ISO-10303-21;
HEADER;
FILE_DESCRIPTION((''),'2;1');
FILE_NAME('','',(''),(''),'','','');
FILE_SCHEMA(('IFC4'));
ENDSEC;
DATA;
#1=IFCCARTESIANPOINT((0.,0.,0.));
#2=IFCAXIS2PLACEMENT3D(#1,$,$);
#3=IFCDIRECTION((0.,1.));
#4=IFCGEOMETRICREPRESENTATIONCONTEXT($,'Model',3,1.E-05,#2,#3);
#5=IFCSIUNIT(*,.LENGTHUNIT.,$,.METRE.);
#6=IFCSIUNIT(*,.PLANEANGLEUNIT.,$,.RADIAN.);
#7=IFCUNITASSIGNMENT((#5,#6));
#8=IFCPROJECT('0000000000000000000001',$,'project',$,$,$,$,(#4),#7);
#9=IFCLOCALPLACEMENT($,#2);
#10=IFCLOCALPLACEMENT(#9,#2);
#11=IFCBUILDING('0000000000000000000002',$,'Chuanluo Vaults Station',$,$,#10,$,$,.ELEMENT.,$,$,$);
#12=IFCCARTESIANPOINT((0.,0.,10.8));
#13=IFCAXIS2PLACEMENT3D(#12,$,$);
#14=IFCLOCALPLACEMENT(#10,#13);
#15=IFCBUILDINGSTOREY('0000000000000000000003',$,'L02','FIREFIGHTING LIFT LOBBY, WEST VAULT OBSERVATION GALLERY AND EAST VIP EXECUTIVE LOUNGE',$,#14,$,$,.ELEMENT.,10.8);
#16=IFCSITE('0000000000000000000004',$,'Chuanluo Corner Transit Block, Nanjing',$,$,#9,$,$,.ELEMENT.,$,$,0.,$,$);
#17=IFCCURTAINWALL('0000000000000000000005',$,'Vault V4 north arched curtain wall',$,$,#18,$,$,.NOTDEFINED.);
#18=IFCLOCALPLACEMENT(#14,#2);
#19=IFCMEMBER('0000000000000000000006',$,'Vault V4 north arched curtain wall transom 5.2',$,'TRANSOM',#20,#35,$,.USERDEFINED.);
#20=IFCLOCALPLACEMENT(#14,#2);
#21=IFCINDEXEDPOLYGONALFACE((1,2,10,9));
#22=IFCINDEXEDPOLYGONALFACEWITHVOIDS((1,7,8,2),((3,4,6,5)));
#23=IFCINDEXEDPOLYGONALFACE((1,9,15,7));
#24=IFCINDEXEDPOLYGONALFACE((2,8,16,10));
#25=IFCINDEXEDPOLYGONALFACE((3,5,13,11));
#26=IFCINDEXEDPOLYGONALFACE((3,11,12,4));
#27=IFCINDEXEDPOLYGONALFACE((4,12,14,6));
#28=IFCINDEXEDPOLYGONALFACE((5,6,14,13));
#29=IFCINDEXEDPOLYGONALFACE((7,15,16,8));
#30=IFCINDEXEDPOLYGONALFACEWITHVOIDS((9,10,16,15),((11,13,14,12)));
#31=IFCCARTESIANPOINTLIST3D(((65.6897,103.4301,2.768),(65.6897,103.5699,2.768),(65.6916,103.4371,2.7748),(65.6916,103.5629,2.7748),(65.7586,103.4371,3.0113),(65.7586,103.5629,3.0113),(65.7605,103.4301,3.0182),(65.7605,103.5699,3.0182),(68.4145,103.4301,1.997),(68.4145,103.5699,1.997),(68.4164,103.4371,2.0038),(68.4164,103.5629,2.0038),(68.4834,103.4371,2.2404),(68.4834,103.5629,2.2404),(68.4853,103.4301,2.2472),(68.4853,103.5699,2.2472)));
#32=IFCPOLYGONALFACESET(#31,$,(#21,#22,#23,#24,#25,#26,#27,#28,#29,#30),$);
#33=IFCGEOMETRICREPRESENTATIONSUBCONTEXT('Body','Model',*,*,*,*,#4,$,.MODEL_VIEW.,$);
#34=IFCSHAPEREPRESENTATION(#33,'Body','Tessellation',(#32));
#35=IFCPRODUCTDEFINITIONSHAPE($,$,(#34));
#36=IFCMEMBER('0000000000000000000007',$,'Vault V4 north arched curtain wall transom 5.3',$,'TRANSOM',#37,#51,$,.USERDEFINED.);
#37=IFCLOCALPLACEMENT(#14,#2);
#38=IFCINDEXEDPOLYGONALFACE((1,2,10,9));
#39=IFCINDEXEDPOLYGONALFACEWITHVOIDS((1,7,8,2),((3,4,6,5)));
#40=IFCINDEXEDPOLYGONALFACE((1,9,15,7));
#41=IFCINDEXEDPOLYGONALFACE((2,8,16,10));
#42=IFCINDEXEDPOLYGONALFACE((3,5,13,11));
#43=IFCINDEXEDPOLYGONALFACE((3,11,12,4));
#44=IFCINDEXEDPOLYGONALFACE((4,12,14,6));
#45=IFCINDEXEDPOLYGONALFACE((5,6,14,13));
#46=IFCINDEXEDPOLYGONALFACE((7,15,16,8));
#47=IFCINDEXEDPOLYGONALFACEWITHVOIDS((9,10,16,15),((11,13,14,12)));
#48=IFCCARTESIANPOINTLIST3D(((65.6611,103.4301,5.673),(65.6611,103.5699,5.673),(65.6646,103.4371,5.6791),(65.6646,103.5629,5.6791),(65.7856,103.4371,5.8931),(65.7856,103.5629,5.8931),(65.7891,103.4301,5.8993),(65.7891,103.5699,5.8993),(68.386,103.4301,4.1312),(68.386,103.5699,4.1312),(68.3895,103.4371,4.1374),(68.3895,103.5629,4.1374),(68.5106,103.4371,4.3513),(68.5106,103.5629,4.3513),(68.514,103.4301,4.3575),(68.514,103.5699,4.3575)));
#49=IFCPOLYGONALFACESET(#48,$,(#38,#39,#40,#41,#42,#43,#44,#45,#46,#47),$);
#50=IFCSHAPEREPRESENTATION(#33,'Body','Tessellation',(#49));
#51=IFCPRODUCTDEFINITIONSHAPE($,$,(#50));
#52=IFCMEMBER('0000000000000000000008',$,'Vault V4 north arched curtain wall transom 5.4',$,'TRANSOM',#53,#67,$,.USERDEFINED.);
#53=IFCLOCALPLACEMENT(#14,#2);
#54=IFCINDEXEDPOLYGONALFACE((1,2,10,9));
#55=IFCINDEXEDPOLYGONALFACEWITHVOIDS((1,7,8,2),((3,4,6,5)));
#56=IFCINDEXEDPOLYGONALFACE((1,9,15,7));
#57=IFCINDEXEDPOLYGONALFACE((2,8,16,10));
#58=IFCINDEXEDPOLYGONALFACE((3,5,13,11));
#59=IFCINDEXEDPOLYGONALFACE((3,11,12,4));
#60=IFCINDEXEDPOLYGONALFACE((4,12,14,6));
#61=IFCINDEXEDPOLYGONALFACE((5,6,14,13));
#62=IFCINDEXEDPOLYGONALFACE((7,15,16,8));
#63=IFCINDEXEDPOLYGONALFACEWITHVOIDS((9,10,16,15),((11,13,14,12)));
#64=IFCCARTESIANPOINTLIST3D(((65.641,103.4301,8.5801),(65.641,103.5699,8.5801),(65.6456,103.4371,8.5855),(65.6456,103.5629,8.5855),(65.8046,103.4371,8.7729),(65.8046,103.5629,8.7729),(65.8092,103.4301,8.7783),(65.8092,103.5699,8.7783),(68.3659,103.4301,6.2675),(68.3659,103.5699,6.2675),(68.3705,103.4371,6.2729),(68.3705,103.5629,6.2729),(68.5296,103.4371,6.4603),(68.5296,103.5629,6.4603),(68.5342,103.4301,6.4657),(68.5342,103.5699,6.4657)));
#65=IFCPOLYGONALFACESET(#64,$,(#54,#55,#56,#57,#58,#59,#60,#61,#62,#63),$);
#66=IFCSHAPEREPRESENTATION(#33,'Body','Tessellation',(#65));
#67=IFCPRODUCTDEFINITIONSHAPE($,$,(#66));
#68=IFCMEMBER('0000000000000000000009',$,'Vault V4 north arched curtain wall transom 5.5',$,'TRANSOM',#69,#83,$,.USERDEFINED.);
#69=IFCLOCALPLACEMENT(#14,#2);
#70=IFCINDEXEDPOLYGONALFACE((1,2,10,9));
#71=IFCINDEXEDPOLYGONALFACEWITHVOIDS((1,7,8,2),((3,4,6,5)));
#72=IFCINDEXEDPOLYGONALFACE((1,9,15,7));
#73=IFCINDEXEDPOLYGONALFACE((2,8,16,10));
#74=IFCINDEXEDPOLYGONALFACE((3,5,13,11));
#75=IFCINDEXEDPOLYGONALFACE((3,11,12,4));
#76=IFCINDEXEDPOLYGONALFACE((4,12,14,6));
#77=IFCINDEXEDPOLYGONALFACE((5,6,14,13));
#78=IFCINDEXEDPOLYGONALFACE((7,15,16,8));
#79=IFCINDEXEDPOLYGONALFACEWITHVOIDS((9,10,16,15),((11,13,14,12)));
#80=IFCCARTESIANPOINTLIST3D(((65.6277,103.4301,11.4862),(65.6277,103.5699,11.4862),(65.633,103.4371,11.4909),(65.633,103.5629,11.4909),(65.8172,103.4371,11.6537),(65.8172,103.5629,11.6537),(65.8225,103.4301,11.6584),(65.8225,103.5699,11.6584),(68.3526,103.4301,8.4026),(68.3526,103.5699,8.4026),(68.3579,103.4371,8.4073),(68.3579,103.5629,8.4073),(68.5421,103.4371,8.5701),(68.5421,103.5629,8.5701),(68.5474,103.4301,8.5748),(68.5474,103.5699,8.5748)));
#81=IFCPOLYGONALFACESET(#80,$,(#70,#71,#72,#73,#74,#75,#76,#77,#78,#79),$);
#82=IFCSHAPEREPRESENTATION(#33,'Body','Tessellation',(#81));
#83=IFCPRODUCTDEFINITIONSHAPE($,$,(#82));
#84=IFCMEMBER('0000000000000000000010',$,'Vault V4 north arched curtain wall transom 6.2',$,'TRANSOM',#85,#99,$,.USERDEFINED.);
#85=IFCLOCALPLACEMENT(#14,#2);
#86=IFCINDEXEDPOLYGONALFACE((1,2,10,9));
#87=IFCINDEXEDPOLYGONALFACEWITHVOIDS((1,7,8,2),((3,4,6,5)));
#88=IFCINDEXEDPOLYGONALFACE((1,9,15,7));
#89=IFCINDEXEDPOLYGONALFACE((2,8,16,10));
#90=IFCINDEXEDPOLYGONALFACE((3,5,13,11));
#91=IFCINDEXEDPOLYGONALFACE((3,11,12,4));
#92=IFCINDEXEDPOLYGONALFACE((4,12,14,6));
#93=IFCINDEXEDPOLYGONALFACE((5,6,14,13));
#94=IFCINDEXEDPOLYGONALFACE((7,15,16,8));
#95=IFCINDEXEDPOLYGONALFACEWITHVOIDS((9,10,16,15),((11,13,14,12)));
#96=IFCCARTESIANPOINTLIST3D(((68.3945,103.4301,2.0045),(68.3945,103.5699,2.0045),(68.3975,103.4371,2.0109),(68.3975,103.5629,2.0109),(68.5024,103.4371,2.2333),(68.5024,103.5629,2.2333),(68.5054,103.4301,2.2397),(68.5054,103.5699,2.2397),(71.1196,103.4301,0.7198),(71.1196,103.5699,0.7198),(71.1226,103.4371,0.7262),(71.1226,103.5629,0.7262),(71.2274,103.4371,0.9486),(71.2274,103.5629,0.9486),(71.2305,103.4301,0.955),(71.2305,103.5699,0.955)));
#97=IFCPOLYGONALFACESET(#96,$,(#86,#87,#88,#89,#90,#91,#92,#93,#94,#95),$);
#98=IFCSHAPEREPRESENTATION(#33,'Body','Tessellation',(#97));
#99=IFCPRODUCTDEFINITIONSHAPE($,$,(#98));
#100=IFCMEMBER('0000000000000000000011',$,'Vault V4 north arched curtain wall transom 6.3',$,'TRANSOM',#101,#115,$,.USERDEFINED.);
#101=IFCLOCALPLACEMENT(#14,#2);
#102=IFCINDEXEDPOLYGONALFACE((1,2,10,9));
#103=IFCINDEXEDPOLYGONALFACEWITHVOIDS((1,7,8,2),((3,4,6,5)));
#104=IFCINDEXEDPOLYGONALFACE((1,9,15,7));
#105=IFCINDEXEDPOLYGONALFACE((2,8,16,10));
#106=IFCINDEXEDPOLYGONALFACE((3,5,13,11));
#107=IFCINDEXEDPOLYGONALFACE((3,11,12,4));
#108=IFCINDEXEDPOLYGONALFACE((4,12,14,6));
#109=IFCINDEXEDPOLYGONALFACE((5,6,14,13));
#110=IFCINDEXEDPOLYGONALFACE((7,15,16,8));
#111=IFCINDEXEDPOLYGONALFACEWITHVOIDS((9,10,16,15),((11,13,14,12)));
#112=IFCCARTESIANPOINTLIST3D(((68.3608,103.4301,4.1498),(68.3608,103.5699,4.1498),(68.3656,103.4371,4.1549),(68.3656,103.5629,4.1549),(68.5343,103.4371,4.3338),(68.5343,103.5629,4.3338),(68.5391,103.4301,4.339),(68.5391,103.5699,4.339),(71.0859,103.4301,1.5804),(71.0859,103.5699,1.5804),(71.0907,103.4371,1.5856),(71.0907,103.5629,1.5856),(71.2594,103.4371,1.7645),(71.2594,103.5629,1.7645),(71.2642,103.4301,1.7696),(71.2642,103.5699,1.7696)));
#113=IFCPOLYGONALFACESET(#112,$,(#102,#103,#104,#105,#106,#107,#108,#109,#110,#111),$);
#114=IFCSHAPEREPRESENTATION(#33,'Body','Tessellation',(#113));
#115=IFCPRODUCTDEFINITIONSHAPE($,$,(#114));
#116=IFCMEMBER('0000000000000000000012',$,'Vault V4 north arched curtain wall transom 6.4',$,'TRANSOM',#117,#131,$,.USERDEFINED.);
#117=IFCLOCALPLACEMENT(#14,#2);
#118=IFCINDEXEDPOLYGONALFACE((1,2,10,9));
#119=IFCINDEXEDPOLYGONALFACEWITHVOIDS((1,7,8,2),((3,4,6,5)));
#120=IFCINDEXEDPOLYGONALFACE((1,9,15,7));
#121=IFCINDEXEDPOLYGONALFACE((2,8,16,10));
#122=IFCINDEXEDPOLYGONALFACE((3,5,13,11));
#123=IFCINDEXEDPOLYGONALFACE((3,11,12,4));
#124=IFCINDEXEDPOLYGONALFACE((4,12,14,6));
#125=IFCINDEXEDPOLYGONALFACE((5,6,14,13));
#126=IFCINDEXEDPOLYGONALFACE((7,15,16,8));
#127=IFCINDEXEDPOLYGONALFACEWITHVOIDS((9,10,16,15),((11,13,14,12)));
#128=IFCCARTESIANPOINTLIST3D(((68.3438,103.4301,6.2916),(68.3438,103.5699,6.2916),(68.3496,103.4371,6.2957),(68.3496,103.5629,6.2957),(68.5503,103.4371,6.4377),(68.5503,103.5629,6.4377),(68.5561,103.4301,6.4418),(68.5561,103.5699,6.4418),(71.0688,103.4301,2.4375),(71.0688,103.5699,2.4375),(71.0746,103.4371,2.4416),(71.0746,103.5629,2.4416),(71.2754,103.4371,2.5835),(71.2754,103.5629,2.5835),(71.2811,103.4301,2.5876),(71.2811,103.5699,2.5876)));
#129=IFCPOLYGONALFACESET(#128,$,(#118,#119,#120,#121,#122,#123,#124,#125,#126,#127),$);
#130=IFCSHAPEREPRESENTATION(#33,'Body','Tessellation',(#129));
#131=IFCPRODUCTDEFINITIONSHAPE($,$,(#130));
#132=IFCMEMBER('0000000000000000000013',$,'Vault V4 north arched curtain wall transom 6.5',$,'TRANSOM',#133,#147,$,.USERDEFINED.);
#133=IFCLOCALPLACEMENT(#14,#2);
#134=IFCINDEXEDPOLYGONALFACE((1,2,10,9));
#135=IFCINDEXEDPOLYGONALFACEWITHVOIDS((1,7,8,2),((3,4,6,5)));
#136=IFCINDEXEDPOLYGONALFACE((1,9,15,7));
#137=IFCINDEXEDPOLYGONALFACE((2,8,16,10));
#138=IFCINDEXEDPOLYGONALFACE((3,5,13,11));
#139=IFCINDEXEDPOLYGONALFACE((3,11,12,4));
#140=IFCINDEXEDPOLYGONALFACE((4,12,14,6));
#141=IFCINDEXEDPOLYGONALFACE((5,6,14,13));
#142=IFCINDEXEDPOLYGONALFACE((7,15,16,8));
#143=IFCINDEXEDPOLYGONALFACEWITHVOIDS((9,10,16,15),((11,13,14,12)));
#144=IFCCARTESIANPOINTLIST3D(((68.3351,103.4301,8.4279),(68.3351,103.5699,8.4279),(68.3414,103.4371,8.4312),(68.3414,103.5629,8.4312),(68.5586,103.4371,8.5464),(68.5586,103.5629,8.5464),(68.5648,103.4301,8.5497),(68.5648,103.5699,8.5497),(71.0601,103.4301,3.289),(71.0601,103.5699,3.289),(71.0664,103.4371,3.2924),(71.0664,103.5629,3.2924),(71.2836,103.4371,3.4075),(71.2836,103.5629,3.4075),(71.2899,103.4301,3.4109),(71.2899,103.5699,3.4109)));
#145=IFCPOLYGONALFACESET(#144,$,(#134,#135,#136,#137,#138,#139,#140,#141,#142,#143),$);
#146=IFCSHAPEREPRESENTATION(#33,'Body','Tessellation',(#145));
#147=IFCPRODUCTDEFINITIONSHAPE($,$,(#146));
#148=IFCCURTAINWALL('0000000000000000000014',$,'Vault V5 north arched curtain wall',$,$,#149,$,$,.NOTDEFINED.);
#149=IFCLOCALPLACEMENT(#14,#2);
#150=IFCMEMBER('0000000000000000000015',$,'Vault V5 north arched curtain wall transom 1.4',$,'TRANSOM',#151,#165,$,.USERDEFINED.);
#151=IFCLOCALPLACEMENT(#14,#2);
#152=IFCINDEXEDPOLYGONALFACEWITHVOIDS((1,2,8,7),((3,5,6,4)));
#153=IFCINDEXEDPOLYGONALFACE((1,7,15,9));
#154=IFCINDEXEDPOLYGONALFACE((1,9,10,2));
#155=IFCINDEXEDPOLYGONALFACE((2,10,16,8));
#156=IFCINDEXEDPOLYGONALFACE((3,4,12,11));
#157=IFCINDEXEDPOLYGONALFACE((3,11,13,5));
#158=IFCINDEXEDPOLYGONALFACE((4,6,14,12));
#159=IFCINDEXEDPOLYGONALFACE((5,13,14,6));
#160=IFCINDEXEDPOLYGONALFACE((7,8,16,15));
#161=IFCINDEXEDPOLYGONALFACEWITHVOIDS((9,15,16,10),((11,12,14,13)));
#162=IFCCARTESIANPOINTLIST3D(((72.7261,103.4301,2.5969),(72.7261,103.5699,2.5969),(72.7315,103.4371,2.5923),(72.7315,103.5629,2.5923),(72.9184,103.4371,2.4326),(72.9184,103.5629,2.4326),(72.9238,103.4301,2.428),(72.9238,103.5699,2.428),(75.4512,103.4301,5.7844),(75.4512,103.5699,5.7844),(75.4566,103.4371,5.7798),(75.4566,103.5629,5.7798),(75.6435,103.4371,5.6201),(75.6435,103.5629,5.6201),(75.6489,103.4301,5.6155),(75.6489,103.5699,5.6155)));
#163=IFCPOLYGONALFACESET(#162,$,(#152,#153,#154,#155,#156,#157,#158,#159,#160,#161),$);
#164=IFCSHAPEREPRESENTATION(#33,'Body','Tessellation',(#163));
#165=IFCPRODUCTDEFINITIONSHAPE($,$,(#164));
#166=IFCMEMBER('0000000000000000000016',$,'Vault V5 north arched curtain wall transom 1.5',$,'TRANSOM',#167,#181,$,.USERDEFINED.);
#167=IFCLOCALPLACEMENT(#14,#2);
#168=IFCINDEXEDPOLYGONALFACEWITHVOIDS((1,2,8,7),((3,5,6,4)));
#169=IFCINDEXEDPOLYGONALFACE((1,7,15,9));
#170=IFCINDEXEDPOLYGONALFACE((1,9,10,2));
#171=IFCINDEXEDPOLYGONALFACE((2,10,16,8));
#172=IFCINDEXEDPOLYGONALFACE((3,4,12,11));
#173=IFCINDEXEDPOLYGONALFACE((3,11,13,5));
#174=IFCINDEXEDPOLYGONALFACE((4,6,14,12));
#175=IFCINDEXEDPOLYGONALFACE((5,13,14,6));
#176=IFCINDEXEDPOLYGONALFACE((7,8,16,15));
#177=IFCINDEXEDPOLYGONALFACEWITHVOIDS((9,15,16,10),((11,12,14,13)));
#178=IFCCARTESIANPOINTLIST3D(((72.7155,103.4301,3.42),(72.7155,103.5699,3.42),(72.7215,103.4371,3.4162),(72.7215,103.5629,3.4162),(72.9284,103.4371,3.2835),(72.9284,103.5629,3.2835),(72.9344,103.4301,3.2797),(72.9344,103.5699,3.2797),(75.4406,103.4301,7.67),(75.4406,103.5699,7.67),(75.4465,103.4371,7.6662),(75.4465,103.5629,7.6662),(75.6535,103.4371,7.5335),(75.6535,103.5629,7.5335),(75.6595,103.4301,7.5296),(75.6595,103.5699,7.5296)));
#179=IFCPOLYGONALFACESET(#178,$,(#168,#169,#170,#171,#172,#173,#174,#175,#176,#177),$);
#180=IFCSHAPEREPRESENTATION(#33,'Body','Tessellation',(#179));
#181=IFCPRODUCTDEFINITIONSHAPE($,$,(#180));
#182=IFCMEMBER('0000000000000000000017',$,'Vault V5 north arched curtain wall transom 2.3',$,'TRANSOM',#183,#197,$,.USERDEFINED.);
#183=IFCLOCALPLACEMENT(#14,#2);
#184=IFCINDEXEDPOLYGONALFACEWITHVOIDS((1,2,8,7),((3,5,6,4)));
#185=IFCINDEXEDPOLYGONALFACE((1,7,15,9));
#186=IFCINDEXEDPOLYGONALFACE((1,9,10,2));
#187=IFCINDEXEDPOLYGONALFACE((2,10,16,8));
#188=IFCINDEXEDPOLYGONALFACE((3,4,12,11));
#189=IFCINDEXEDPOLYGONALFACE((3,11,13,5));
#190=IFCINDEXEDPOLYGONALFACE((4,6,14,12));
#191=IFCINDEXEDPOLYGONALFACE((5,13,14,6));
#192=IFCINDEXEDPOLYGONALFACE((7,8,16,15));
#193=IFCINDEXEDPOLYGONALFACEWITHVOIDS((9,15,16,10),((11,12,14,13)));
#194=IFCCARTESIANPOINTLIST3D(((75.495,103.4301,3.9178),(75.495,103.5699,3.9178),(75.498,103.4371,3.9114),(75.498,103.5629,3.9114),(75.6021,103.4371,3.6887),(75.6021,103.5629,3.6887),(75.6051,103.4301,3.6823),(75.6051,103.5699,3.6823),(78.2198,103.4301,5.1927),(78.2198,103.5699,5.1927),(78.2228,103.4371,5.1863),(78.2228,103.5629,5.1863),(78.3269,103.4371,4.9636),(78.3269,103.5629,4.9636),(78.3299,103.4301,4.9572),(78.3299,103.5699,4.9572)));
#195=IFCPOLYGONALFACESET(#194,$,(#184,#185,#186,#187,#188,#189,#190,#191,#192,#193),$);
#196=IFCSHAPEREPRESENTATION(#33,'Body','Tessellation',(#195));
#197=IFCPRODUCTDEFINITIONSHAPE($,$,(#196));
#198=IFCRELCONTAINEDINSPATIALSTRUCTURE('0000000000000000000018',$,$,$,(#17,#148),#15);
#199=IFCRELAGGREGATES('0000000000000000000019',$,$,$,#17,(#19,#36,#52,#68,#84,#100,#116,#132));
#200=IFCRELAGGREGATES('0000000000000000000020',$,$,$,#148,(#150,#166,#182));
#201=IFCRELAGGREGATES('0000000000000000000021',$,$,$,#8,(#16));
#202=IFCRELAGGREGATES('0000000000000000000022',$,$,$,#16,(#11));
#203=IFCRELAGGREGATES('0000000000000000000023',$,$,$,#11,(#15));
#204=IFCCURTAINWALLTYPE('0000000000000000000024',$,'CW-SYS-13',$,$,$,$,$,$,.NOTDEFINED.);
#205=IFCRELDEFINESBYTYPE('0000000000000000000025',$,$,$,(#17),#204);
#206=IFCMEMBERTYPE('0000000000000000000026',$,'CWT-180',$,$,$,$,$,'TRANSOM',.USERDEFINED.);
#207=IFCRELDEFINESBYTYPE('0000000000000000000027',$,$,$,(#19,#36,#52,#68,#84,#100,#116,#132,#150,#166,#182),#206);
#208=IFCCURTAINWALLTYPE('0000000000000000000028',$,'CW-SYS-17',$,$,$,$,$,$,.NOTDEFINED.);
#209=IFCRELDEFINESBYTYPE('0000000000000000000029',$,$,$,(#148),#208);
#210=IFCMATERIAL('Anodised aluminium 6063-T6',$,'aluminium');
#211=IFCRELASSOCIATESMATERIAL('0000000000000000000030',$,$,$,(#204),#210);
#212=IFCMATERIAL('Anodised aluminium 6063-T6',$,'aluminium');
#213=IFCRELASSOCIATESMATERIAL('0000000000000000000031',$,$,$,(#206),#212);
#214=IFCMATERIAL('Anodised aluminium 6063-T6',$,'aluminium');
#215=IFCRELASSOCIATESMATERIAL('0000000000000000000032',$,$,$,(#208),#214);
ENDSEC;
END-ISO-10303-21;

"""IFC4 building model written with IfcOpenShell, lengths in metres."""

from ifc_helpers import new_model, si_unit, direction, frame, origin, origin_2d, place, context, subcontext, project, spatial, hollow_rectangle, extrude, material, material_profile, profile_set, type_object, element, aggregate, save


model = new_model("IFC4")

# Units and contexts
model_context = context("Model", 3, precision=1e-05, world=origin(), true_north=direction((0.0, 1.0)))
body_context = subcontext(model_context, "Body", "Model", "MODEL_VIEW")
ifc_project = project(units=[si_unit("LENGTHUNIT", "METRE"), si_unit("PLANEANGLEUNIT", "RADIAN")], contexts=[model_context])

# Site, building, storey
site_placement = place(None, origin())
site = spatial("IfcSite", under=ifc_project, at=site_placement, Name="Chuanluo Corner Transit Block, Nanjing", CompositionType="ELEMENT", RefElevation=0.0)
building_placement = place(site_placement, origin())
building = spatial("IfcBuilding", under=site, at=building_placement, Name="Chuanluo Vaults Station", CompositionType="ELEMENT")
storey_placement = place(building_placement, frame((0.0, 0.0, 10.8)))
storey = spatial("IfcBuildingStorey", under=building, at=storey_placement, Name="L02", Description="FIREFIGHTING LIFT LOBBY, WEST VAULT OBSERVATION GALLERY AND EAST VIP EXECUTIVE LOUNGE", CompositionType="ELEMENT", Elevation=10.8)

# Curtain walls, members
ifc_material_1 = material(Name="Anodised aluminium 6063-T6", Category="aluminium")
curtain_wall_type_1 = type_object("IfcCurtainWallType", Name="CW-SYS-13", PredefinedType="NOTDEFINED", material=ifc_material_1)
curtain_wall_1_placement = place(storey_placement, origin())
curtain_wall_1 = element("IfcCurtainWall", 1, at=curtain_wall_1_placement, inside=storey, type_object=curtain_wall_type_1, Name="Vault V4 north arched curtain wall", PredefinedType="NOTDEFINED")
ifc_material_2 = material(Name="Anodised aluminium 6063-T6", Category="aluminium")
ifc_material_profile = material_profile(ifc_material_2, hollow_rectangle(XDim=0.1399, YDim=0.26, WallThickness=0.0071, at=origin_2d()))
ifc_profile_set = profile_set([ifc_material_profile], Name="Anodised aluminium 6063-T6")
member_type = type_object("IfcMemberType", Name="CWT-180", ElementType="TRANSOM", PredefinedType="USERDEFINED", material=ifc_profile_set)
member_1_placement = place(storey_placement, frame((65.7251, 103.5, 2.8931), z_axis=(0.962224, 0.0, -0.272261), x_axis=(0.0, 1.0, 0.0)))
member_1 = element("IfcMember", 2, at=member_1_placement, type_object=member_type, Name="Vault V4 north arched curtain wall transom 5.2", ObjectType="TRANSOM", PredefinedType="USERDEFINED", context=body_context, shape_type="SweptSolid", body=[
    extrude(hollow_rectangle(XDim=0.1399, YDim=0.26, WallThickness=0.0071, at=origin_2d()), origin(), (0.0, 0.0, 1.0), 2.8318),
])
member_2_placement = place(storey_placement, frame((65.7251, 103.5, 5.7861), z_axis=(0.870342, 0.0, -0.492448), x_axis=(0.0, 1.0, 0.0)))
member_2 = element("IfcMember", 3, at=member_2_placement, type_object=member_type, Name="Vault V4 north arched curtain wall transom 5.3", ObjectType="TRANSOM", PredefinedType="USERDEFINED", context=body_context, shape_type="SweptSolid", body=[
    extrude(hollow_rectangle(XDim=0.1399, YDim=0.26, WallThickness=0.0071, at=origin_2d()), origin(), (0.0, 0.0, 1.0), 3.1309),
])
member_3_placement = place(storey_placement, frame((65.7251, 103.5, 8.6792), z_axis=(0.76244, 0.0, -0.647059), x_axis=(0.0, 1.0, 0.0)))
member_3 = element("IfcMember", 4, at=member_3_placement, type_object=member_type, Name="Vault V4 north arched curtain wall transom 5.4", ObjectType="TRANSOM", PredefinedType="USERDEFINED", context=body_context, shape_type="SweptSolid", body=[
    extrude(hollow_rectangle(XDim=0.1399, YDim=0.26, WallThickness=0.0071, at=origin_2d()), origin(), (0.0, 0.0, 1.0), 3.574),
])
member_4_placement = place(storey_placement, frame((65.7251, 103.5, 11.5723), z_axis=(0.662185, 0.0, -0.749341), x_axis=(0.0, 1.0, 0.0)))
member_4 = element("IfcMember", 5, at=member_4_placement, type_object=member_type, Name="Vault V4 north arched curtain wall transom 5.5", ObjectType="TRANSOM", PredefinedType="USERDEFINED", context=body_context, shape_type="SweptSolid", body=[
    extrude(hollow_rectangle(XDim=0.1399, YDim=0.26, WallThickness=0.0071, at=origin_2d()), origin(), (0.0, 0.0, 1.0), 4.115),
])
member_5_placement = place(storey_placement, frame((68.45, 103.5, 2.1221), z_axis=(0.904528, 0.0, -0.426414), x_axis=(0.0, 1.0, 0.0)))
member_5 = element("IfcMember", 6, at=member_5_placement, type_object=member_type, Name="Vault V4 north arched curtain wall transom 6.2", ObjectType="TRANSOM", PredefinedType="USERDEFINED", context=body_context, shape_type="SweptSolid", body=[
    extrude(hollow_rectangle(XDim=0.1399, YDim=0.26, WallThickness=0.0071, at=origin_2d()), origin(), (0.0, 0.0, 1.0), 3.0127),
])
member_6_placement = place(storey_placement, frame((68.45, 103.5, 4.2444), z_axis=(0.727595, 0.0, -0.686007), x_axis=(0.0, 1.0, 0.0)))
member_6 = element("IfcMember", 7, at=member_6_placement, type_object=member_type, Name="Vault V4 north arched curtain wall transom 6.3", ObjectType="TRANSOM", PredefinedType="USERDEFINED", context=body_context, shape_type="SweptSolid", body=[
    extrude(hollow_rectangle(XDim=0.1399, YDim=0.26, WallThickness=0.0071, at=origin_2d()), origin(), (0.0, 0.0, 1.0), 3.7454),
])
member_7_placement = place(storey_placement, frame((68.45, 103.5, 6.3667), z_axis=(0.577313, 0.0, -0.816523), x_axis=(0.0, 1.0, 0.0)))
member_7 = element("IfcMember", 8, at=member_7_placement, type_object=member_type, Name="Vault V4 north arched curtain wall transom 6.4", ObjectType="TRANSOM", PredefinedType="USERDEFINED", context=body_context, shape_type="SweptSolid", body=[
    extrude(hollow_rectangle(XDim=0.1399, YDim=0.26, WallThickness=0.0071, at=origin_2d()), origin(), (0.0, 0.0, 1.0), 4.7202),
])
member_8_placement = place(storey_placement, frame((68.45, 103.5, 8.4888), z_axis=(0.468491, 0.0, -0.883468), x_axis=(0.0, 1.0, 0.0)))
member_8 = element("IfcMember", 9, at=member_8_placement, type_object=member_type, Name="Vault V4 north arched curtain wall transom 6.5", ObjectType="TRANSOM", PredefinedType="USERDEFINED", context=body_context, shape_type="SweptSolid", body=[
    extrude(hollow_rectangle(XDim=0.1399, YDim=0.26, WallThickness=0.0071, at=origin_2d()), origin(), (0.0, 0.0, 1.0), 5.8167),
])
ifc_material_3 = material(Name="Anodised aluminium 6063-T6", Category="aluminium")
curtain_wall_type_2 = type_object("IfcCurtainWallType", Name="CW-SYS-17", PredefinedType="NOTDEFINED", material=ifc_material_3)
curtain_wall_2_placement = place(storey_placement, origin())
curtain_wall_2 = element("IfcCurtainWall", 10, at=curtain_wall_2_placement, inside=storey, type_object=curtain_wall_type_2, Name="Vault V5 north arched curtain wall", PredefinedType="NOTDEFINED")
member_9_placement = place(storey_placement, frame((72.825, 103.5, 2.5125), z_axis=(0.649822, 0.0, 0.760086), x_axis=(0.0, 1.0, 0.0)))
member_9 = element("IfcMember", 11, at=member_9_placement, type_object=member_type, Name="Vault V5 north arched curtain wall transom 1.4", ObjectType="TRANSOM", PredefinedType="USERDEFINED", context=body_context, shape_type="SweptSolid", body=[
    extrude(hollow_rectangle(XDim=0.1399, YDim=0.26, WallThickness=0.0071, at=origin_2d()), origin(), (0.0, 0.0, 1.0), 4.1936),
])
member_10_placement = place(storey_placement, frame((72.825, 103.5, 3.3499), z_axis=(0.53977, 0.0, 0.841813), x_axis=(0.0, 1.0, 0.0)))
member_10 = element("IfcMember", 12, at=member_10_placement, type_object=member_type, Name="Vault V5 north arched curtain wall transom 1.5", ObjectType="TRANSOM", PredefinedType="USERDEFINED", context=body_context, shape_type="SweptSolid", body=[
    extrude(hollow_rectangle(XDim=0.1399, YDim=0.26, WallThickness=0.0071, at=origin_2d()), origin(), (0.0, 0.0, 1.0), 5.0486),
])
member_11_placement = place(storey_placement, frame((75.55, 103.5, 3.8), z_axis=(0.905762, 0.0, 0.423787), x_axis=(0.0, 1.0, 0.0)))
member_11 = element("IfcMember", 13, at=member_11_placement, type_object=member_type, Name="Vault V5 north arched curtain wall transom 2.3", ObjectType="TRANSOM", PredefinedType="USERDEFINED", context=body_context, shape_type="SweptSolid", body=[
    extrude(hollow_rectangle(XDim=0.1399, YDim=0.26, WallThickness=0.0071, at=origin_2d()), origin(), (0.0, 0.0, 1.0), 3.0083),
])

aggregate(curtain_wall_1, [member_1, member_2, member_3, member_4, member_5, member_6, member_7, member_8])
aggregate(curtain_wall_2, [member_9, member_10, member_11])

save(model, "model.ifc")
